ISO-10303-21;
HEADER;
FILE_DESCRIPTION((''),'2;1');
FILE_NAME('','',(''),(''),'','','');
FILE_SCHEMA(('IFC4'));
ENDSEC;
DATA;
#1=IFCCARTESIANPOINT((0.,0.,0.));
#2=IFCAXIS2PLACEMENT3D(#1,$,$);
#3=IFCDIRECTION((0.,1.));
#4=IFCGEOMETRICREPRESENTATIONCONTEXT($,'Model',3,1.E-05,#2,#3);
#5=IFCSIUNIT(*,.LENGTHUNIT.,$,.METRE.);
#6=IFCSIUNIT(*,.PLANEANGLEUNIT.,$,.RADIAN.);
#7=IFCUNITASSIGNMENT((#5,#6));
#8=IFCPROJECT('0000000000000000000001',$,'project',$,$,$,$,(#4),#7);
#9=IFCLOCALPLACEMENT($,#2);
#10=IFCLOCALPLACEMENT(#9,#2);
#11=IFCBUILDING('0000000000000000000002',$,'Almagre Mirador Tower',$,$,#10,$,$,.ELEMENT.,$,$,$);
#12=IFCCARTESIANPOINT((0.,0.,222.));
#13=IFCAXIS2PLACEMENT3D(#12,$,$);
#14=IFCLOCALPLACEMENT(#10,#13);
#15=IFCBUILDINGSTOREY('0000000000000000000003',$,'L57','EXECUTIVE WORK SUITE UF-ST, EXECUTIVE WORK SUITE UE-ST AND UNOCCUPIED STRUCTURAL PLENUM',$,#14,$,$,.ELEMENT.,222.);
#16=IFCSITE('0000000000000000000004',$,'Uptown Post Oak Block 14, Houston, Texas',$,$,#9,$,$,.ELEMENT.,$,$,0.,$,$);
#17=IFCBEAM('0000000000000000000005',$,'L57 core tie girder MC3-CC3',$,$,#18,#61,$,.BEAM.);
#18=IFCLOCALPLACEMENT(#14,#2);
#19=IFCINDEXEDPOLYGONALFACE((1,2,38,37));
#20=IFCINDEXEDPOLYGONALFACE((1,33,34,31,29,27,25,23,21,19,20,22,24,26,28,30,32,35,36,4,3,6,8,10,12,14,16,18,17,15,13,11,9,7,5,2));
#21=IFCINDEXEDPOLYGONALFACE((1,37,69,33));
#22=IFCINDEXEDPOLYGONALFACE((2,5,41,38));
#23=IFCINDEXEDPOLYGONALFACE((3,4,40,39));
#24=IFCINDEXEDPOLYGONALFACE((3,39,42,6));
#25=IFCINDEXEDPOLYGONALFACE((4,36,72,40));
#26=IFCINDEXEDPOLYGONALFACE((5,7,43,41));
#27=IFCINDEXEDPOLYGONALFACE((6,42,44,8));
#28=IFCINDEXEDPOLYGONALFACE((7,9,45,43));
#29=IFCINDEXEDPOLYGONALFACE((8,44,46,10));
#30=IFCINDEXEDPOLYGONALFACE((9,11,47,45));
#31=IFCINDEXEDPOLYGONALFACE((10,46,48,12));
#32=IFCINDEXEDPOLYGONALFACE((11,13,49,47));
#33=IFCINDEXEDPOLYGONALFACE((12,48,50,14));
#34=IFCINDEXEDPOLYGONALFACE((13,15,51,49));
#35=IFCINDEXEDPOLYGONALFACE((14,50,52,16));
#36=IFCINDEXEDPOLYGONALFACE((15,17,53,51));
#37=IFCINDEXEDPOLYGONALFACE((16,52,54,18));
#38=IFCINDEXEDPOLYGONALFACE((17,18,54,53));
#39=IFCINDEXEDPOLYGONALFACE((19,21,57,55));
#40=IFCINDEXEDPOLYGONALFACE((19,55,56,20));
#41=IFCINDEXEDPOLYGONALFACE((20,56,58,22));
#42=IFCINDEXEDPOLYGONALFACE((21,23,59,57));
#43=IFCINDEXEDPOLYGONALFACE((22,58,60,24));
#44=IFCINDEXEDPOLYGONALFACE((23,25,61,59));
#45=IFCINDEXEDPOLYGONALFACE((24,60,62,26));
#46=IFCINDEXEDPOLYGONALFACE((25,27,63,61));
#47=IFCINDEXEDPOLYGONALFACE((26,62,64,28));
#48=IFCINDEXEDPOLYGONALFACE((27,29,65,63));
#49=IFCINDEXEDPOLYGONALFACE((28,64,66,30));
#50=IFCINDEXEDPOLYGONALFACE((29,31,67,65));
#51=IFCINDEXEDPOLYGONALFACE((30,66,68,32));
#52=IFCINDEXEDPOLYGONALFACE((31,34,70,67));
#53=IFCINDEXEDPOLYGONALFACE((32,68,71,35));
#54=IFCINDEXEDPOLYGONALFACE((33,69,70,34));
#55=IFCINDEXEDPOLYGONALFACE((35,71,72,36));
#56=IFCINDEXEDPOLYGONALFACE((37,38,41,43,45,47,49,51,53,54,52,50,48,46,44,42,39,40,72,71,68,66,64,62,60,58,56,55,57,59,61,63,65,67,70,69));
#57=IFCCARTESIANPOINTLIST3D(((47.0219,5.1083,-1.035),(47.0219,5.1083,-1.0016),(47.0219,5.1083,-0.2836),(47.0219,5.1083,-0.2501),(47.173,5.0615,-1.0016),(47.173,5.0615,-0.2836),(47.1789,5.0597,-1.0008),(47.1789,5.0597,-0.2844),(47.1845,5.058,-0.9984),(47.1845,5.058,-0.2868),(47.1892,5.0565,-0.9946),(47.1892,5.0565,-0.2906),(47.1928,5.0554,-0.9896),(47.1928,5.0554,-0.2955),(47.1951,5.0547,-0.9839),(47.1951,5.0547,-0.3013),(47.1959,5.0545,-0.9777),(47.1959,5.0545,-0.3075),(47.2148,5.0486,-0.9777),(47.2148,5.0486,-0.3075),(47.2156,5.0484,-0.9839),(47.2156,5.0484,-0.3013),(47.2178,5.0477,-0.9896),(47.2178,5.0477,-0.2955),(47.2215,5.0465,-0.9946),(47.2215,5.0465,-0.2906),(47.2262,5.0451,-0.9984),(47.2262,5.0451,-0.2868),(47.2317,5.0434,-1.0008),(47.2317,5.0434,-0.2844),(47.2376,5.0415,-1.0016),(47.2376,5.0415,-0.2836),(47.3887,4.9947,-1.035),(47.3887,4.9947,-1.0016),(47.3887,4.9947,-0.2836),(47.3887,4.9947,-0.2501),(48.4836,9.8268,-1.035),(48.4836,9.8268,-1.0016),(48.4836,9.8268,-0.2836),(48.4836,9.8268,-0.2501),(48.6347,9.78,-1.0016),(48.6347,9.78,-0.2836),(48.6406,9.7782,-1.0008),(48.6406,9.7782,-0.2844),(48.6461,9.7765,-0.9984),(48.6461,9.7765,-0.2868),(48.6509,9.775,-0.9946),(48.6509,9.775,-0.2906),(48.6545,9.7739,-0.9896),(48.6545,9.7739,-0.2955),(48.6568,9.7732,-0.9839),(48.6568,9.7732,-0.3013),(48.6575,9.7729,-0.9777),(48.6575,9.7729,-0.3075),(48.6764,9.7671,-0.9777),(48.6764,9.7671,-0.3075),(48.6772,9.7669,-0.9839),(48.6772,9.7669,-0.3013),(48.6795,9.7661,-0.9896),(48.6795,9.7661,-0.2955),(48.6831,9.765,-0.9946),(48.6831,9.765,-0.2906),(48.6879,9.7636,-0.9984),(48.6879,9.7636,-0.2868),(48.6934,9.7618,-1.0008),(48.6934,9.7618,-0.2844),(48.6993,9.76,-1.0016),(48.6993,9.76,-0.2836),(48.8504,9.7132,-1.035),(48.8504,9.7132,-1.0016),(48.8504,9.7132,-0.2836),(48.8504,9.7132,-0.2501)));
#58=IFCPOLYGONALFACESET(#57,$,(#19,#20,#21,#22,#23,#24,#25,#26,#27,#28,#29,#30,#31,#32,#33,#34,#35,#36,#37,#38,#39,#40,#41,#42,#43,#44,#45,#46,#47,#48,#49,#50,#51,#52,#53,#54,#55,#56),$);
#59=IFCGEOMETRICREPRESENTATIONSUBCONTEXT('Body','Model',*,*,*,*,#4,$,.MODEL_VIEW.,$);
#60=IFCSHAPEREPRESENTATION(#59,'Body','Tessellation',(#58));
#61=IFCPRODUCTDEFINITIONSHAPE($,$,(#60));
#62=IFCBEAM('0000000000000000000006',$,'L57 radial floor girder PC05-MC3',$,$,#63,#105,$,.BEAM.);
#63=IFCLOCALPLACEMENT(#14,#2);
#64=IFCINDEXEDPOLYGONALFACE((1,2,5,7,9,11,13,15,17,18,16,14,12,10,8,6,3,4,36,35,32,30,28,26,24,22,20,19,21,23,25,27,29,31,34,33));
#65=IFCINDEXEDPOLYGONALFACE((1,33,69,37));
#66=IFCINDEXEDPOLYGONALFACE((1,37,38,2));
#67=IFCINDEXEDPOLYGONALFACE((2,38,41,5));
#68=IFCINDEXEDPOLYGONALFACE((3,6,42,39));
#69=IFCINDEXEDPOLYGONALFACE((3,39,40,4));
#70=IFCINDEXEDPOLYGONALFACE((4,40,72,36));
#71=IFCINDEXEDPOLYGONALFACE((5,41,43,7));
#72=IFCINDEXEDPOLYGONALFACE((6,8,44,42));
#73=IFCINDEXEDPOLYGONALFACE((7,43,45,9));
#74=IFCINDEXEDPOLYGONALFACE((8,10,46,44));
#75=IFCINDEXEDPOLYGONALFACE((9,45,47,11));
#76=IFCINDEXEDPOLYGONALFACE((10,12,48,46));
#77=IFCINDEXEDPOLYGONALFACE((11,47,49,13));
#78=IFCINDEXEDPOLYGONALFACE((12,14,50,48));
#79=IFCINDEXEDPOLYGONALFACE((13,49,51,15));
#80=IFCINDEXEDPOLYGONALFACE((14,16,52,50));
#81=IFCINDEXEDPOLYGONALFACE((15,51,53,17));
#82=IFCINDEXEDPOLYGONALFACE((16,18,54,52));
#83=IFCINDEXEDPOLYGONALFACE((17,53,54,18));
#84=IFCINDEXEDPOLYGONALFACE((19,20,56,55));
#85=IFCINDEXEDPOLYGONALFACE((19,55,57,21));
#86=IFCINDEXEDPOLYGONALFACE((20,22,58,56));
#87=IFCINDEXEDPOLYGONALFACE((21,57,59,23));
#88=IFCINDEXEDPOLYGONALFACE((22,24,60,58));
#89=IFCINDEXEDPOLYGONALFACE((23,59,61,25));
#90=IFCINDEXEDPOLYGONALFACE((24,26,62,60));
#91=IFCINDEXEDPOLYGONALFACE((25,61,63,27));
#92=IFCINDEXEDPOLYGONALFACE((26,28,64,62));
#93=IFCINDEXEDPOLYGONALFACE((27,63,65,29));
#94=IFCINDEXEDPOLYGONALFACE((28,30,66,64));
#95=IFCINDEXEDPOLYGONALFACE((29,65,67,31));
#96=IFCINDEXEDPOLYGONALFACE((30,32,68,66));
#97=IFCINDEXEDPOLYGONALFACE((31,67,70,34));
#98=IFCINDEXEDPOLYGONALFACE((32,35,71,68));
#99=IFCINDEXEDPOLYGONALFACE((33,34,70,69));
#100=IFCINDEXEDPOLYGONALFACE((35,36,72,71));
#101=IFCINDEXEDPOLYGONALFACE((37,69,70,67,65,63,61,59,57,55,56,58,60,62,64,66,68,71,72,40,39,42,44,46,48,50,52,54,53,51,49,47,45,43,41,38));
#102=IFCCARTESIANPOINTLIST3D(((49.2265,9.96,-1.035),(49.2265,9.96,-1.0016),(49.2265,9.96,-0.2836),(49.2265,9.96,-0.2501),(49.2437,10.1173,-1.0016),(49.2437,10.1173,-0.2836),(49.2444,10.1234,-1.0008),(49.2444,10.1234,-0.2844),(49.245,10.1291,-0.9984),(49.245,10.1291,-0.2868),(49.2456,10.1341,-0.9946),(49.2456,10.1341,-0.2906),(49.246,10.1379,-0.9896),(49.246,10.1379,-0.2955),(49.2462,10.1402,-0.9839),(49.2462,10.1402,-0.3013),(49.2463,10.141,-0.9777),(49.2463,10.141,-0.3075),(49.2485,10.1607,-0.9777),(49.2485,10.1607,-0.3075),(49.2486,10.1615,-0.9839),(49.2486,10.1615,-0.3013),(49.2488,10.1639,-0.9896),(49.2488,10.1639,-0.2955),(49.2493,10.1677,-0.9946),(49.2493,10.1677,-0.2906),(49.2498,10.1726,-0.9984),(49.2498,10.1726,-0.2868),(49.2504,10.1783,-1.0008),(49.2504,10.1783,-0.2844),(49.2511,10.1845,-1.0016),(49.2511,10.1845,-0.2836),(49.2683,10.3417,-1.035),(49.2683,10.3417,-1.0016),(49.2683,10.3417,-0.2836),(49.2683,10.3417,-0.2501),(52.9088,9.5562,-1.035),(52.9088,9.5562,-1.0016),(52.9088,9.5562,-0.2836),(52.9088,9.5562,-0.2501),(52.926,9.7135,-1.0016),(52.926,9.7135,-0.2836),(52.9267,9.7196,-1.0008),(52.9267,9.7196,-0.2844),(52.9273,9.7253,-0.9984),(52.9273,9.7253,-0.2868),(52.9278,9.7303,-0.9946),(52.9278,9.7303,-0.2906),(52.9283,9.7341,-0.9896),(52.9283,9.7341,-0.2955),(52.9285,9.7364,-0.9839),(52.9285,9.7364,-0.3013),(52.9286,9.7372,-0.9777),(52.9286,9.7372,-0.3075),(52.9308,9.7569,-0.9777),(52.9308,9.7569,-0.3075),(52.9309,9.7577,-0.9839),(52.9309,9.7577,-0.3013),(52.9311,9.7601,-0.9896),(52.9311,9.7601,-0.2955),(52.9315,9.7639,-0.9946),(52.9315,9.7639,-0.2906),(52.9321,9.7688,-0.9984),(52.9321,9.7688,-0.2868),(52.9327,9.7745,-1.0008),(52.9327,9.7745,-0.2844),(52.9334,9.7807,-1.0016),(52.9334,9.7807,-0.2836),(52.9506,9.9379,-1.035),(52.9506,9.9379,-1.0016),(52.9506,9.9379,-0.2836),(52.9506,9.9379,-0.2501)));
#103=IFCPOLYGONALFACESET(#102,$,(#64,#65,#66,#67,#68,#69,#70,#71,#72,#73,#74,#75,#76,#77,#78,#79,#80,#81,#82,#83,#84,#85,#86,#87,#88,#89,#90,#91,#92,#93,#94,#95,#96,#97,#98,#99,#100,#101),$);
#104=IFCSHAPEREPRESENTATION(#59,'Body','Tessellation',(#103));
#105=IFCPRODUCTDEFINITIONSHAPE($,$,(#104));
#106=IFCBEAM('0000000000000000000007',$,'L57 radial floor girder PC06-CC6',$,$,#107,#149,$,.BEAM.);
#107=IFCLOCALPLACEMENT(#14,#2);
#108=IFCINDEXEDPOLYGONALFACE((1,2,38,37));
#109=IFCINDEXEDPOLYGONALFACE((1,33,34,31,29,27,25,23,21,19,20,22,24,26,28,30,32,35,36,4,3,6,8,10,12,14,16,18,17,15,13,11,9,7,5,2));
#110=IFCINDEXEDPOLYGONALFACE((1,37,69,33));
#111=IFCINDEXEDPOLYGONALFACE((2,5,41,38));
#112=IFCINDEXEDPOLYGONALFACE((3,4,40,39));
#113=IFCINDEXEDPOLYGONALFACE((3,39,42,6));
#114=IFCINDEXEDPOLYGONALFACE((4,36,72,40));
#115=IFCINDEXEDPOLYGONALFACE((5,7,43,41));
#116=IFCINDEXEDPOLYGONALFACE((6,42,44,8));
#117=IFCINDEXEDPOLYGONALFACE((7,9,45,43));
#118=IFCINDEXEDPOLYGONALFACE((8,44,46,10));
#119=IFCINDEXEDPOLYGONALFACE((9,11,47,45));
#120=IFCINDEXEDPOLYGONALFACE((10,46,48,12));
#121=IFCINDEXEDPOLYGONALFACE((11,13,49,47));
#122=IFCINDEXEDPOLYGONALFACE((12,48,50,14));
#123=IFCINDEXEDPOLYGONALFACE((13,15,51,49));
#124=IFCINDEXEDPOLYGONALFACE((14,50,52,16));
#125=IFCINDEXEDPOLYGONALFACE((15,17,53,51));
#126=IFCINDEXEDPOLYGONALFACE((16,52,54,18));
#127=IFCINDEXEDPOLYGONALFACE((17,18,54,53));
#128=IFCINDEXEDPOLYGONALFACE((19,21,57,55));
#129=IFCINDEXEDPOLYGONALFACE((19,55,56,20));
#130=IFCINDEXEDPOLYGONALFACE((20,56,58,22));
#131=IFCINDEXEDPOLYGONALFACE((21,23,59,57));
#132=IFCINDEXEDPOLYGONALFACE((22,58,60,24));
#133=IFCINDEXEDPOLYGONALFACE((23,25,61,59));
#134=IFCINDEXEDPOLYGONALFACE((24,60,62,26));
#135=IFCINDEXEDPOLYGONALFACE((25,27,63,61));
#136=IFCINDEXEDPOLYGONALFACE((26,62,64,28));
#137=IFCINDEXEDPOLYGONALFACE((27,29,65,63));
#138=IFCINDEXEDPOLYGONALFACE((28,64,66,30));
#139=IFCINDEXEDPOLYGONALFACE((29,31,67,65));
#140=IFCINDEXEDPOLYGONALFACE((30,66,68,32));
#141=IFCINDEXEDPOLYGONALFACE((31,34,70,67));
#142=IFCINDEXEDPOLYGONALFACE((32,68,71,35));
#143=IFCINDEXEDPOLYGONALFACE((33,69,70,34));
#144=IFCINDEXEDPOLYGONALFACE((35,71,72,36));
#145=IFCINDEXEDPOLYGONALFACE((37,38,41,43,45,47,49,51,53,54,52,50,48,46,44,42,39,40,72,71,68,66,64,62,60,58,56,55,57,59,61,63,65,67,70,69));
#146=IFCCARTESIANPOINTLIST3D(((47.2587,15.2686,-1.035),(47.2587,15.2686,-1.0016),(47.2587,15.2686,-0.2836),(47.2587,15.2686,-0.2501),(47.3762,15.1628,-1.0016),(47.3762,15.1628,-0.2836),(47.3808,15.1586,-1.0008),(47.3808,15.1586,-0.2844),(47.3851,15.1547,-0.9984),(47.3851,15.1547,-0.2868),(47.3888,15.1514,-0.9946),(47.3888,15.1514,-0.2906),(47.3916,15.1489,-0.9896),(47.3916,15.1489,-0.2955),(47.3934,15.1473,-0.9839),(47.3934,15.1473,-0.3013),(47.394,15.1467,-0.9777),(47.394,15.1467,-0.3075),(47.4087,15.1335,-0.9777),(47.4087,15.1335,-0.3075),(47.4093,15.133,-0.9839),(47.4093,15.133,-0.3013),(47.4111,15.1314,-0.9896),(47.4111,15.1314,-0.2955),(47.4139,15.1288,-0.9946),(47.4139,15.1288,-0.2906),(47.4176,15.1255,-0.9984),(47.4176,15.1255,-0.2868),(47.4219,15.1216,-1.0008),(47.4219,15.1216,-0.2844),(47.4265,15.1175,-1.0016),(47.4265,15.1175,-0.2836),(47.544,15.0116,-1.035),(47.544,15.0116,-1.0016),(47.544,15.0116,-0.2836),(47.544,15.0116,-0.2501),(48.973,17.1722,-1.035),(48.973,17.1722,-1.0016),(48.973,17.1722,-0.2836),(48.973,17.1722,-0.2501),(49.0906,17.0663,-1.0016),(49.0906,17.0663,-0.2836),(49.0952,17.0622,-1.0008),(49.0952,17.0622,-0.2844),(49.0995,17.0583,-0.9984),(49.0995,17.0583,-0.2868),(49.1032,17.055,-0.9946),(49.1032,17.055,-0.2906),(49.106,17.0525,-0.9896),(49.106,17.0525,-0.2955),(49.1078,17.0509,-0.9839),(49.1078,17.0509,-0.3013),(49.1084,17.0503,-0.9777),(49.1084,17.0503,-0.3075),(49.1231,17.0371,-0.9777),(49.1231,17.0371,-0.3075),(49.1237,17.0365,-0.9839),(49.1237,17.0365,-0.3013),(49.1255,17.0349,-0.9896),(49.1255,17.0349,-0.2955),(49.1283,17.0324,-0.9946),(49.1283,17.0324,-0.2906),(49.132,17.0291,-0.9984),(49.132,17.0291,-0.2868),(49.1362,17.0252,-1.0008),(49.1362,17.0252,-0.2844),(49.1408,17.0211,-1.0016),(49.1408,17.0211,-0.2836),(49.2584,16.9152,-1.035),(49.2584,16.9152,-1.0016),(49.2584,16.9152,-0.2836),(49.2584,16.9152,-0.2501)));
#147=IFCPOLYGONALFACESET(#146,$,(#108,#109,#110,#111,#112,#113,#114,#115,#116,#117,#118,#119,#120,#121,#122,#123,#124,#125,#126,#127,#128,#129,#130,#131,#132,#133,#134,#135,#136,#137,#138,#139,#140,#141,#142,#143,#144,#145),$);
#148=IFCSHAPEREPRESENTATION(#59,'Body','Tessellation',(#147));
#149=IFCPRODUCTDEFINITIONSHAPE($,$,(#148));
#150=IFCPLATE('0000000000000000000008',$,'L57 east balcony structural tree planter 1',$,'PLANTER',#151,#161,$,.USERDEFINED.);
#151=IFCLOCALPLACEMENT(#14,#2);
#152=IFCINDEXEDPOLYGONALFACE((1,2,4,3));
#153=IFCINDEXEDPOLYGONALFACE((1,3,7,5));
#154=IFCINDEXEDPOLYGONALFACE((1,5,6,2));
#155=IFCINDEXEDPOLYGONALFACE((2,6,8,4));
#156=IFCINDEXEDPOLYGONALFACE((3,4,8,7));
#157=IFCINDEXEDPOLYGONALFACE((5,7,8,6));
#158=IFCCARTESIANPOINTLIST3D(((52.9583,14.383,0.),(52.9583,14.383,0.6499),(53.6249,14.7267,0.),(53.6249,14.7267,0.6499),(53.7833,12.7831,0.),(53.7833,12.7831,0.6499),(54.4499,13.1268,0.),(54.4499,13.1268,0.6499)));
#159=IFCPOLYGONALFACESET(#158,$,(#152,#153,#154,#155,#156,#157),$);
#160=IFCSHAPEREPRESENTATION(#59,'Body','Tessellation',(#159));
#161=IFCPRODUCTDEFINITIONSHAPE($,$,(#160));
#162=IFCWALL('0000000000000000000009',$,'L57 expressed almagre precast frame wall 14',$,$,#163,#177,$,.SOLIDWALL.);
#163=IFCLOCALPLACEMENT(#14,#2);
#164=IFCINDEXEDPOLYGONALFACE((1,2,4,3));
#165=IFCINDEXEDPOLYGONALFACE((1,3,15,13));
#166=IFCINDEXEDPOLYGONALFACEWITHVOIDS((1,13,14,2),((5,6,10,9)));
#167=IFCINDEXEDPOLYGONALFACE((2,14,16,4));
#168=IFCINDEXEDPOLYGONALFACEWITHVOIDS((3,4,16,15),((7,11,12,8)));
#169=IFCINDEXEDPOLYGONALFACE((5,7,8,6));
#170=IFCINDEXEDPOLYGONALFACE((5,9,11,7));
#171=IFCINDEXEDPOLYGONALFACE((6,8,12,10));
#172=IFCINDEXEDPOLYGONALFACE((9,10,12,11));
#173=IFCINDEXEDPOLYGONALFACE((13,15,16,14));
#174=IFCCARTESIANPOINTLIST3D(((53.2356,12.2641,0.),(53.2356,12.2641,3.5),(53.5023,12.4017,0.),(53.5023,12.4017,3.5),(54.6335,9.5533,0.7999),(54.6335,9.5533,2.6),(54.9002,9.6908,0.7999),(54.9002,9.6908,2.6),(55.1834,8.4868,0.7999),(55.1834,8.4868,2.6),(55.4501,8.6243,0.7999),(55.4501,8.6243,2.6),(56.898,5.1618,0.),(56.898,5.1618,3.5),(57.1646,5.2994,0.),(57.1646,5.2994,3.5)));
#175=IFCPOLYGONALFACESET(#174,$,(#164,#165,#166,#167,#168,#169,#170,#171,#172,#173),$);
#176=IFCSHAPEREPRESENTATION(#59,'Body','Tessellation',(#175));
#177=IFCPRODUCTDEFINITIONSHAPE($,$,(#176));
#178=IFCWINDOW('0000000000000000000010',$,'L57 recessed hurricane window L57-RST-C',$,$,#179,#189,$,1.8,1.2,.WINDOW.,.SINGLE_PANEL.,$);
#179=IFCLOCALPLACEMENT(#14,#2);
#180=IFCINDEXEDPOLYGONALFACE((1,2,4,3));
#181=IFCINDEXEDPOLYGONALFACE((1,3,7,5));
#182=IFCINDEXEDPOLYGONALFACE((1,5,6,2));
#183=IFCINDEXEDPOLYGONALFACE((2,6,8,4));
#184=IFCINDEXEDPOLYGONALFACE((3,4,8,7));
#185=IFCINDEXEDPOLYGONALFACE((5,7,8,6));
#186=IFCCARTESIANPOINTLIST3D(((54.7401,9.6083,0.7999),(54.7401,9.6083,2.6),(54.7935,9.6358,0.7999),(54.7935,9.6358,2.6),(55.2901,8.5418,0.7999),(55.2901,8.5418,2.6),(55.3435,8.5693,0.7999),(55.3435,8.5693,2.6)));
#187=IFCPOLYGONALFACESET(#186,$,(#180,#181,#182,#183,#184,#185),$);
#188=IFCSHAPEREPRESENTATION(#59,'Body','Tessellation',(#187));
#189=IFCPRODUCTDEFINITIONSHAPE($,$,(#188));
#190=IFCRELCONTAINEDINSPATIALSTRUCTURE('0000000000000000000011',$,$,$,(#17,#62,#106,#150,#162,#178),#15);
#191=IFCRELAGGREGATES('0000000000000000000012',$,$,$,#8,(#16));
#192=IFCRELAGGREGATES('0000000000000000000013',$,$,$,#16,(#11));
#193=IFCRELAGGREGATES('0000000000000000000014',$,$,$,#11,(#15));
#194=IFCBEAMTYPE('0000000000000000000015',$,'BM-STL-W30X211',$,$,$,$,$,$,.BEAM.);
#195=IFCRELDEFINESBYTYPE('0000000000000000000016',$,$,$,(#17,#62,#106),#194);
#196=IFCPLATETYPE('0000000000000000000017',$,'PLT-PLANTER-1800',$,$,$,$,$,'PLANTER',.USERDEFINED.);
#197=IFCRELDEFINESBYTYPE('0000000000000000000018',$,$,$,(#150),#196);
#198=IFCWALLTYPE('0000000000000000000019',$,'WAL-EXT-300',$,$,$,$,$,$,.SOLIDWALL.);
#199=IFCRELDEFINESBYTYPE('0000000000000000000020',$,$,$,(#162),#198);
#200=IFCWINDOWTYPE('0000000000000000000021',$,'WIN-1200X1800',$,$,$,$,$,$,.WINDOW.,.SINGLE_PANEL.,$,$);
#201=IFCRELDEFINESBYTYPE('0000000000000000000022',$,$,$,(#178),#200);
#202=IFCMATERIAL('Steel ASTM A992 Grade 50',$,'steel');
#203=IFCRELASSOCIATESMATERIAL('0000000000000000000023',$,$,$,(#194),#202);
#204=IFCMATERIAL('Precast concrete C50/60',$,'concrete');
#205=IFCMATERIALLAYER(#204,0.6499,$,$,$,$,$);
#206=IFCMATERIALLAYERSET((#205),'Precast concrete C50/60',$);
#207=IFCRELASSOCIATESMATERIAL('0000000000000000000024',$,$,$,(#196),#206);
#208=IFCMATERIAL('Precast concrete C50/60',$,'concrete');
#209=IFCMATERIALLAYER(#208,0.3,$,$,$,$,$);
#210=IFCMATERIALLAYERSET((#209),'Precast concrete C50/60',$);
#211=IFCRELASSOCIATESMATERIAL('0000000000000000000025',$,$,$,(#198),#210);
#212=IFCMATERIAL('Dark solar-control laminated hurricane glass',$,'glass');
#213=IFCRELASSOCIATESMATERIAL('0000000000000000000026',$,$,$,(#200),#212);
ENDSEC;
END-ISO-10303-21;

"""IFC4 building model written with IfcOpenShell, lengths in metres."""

from ifc_helpers import new_model, si_unit, direction, frame, frame_2d, origin, origin_2d, place, context, subcontext, project, spatial, rectangle, i_section, extrude, material, layer, layer_set, material_profile, profile_set, type_object, element, fill, save


model = new_model("IFC4")

# Units and contexts
model_context = context("Model", 3, precision=1e-05, world=origin(), true_north=direction((0.0, 1.0)))
body_context = subcontext(model_context, "Body", "Model", "MODEL_VIEW")
ifc_project = project(units=[si_unit("LENGTHUNIT", "METRE"), si_unit("PLANEANGLEUNIT", "RADIAN")], contexts=[model_context])

# Site, building, storey
site_placement = place(None, origin())
site = spatial("IfcSite", under=ifc_project, at=site_placement, Name="Uptown Post Oak Block 14, Houston, Texas", CompositionType="ELEMENT", RefElevation=0.0)
building_placement = place(site_placement, origin())
building = spatial("IfcBuilding", under=site, at=building_placement, Name="Almagre Mirador Tower", CompositionType="ELEMENT")
storey_placement = place(building_placement, frame((0.0, 0.0, 222.0)))
storey = spatial("IfcBuildingStorey", under=building, at=storey_placement, Name="L57", Description="EXECUTIVE WORK SUITE UF-ST, EXECUTIVE WORK SUITE UE-ST AND UNOCCUPIED STRUCTURAL PLENUM", CompositionType="ELEMENT", Elevation=222.0)

# Beams
ifc_material_1 = material(Name="Steel ASTM A992 Grade 50", Category="steel")
ifc_material_profile_1 = material_profile(ifc_material_1, i_section(OverallWidth=0.384, OverallDepth=0.7849, WebThickness=0.0198, FlangeThickness=0.0334, FilletRadius=0.0239, at=origin_2d()), Name="W30X211")
ifc_profile_set_1 = profile_set([ifc_material_profile_1], Name="Steel ASTM A992 Grade 50")
beam_type_1 = type_object("IfcBeamType", Name="BM-STL-W30X211", PredefinedType="BEAM", material=ifc_profile_set_1)
beam_1_placement = place(storey_placement, frame((48.667, 9.77, -0.6426), z_axis=(-0.295902, -0.955218, 0.0), x_axis=(0.955218, -0.295902, 0.0)))
element("IfcBeam", 1, at=beam_1_placement, inside=storey, type_object=beam_type_1, Name="L57 core tie girder MC3-CC3", PredefinedType="BEAM", context=body_context, shape_type="SweptSolid", body=[
    extrude(i_section(OverallWidth=0.384, OverallDepth=0.7849, WebThickness=0.0198, FlangeThickness=0.0334, FilletRadius=0.0239, at=origin_2d()), origin(), (0.0, 0.0, 1.0), 4.9397),
])
beam_2_placement = place(storey_placement, frame((52.9297, 9.7471, -0.6426), z_axis=(-0.994041, 0.109006, 0.0), x_axis=(-0.109006, -0.994041, 0.0)))
element("IfcBeam", 2, at=beam_2_placement, inside=storey, type_object=beam_type_1, Name="L57 radial floor girder PC05-MC3", PredefinedType="BEAM", context=body_context, shape_type="SweptSolid", body=[
    extrude(i_section(OverallWidth=0.384, OverallDepth=0.7849, WebThickness=0.0198, FlangeThickness=0.0334, FilletRadius=0.0239, at=origin_2d()), origin(), (0.0, 0.0, 1.0), 3.7043),
])
beam_3_placement = place(storey_placement, frame((49.1157, 17.0437, -0.6426), z_axis=(-0.669212, -0.743071, 0.0), x_axis=(0.743071, -0.669212, 0.0)))
element("IfcBeam", 3, at=beam_3_placement, inside=storey, type_object=beam_type_1, Name="L57 radial floor girder PC06-CC6", PredefinedType="BEAM", context=body_context, shape_type="SweptSolid", body=[
    extrude(i_section(OverallWidth=0.384, OverallDepth=0.7849, WebThickness=0.0198, FlangeThickness=0.0334, FilletRadius=0.0239, at=origin_2d()), origin(), (0.0, 0.0, 1.0), 2.5618),
])

# Plate
ifc_material_2 = material(Name="Precast concrete C50/60", Category="concrete")
ifc_layer_1 = layer(ifc_material_2, 0.6499)
ifc_layer_set_1 = layer_set([ifc_layer_1], Name="Precast concrete C50/60")
plate_type = type_object("IfcPlateType", Name="PLT-PLANTER-1800", ElementType="PLANTER", PredefinedType="USERDEFINED", material=ifc_layer_set_1)
plate_placement = place(storey_placement, frame((53.7041, 13.7549, 0.0), z_axis=(0.0, 0.0, 1.0), x_axis=(-0.458293, 0.888801, 0.0)))
element("IfcPlate", 4, at=plate_placement, inside=storey, type_object=plate_type, Name="L57 east balcony structural tree planter 1", ObjectType="PLANTER", PredefinedType="USERDEFINED", context=body_context, shape_type="SweptSolid", body=[
    extrude(rectangle(XDim=1.8, YDim=0.75, at=origin_2d()), origin(), (0.0, 0.0, 1.0), 0.6499),
])

# Wall, opening, window
ifc_material_3 = material(Name="Precast concrete C50/60", Category="concrete")
ifc_layer_2 = layer(ifc_material_3, 0.3)
ifc_layer_set_2 = layer_set([ifc_layer_2], Name="Precast concrete C50/60")
wall_type_1 = type_object("IfcWallType", Name="WAL-EXT-300", PredefinedType="SOLIDWALL", material=ifc_layer_set_2)
wall_1_placement = place(storey_placement, frame((53.3689, 12.333, 0.0), z_axis=(0.0, 0.0, 1.0), x_axis=(0.458312, -0.888791, 0.0)))
wall_1 = element("IfcWall", 5, at=wall_1_placement, inside=storey, type_object=wall_type_1, Name="L57 expressed almagre precast frame wall 14", PredefinedType="SOLIDWALL", context=body_context, shape_type="SweptSolid", body=[
    extrude(rectangle(XDim=7.991, YDim=0.3, at=frame_2d((3.9956, 0.0))), origin(), (0.0, 0.0, 1.0), 3.5),
])
opening_1_placement = place(wall_1_placement, frame((3.05, 0.0, 0.8)))
opening_1 = element("IfcOpeningElement", 6, at=opening_1_placement, cuts=wall_1, PredefinedType="OPENING", context=body_context, shape_type="SweptSolid", body=[
    extrude(rectangle(XDim=1.2, YDim=1.8, at=frame_2d((0.6001, 0.8999))), frame((0.0, 0.1599, 0.0), z_axis=(0.0, -1.0, 0.0), x_axis=(1.0, 0.0, 0.0)), (0.0, 0.0, 1.0), 0.32),
])
ifc_material_4 = material(Name="Dark solar-control laminated hurricane glass", Category="glass")
window_type = type_object("IfcWindowType", Name="WIN-1200X1800", PartitioningType="SINGLE_PANEL", PredefinedType="WINDOW", material=ifc_material_4)
window_1_placement = place(opening_1_placement, origin())
window_1 = element("IfcWindow", 7, at=window_1_placement, inside=storey, type_object=window_type, Name="L57 recessed hurricane window L57-RST-C", OverallHeight=1.8, OverallWidth=1.2, PartitioningType="SINGLE_PANEL", PredefinedType="WINDOW", context=body_context, shape_type="SweptSolid", body=[
    extrude(rectangle(XDim=1.2, YDim=1.8, at=frame_2d((0.6001, 0.8999))), frame((0.0, 0.03, 0.0), z_axis=(0.0, -1.0, 0.0), x_axis=(1.0, 0.0, 0.0)), (0.0, 0.0, 1.0), 0.0601),
])
fill(opening_1, window_1)

save(model, "model.ifc")
